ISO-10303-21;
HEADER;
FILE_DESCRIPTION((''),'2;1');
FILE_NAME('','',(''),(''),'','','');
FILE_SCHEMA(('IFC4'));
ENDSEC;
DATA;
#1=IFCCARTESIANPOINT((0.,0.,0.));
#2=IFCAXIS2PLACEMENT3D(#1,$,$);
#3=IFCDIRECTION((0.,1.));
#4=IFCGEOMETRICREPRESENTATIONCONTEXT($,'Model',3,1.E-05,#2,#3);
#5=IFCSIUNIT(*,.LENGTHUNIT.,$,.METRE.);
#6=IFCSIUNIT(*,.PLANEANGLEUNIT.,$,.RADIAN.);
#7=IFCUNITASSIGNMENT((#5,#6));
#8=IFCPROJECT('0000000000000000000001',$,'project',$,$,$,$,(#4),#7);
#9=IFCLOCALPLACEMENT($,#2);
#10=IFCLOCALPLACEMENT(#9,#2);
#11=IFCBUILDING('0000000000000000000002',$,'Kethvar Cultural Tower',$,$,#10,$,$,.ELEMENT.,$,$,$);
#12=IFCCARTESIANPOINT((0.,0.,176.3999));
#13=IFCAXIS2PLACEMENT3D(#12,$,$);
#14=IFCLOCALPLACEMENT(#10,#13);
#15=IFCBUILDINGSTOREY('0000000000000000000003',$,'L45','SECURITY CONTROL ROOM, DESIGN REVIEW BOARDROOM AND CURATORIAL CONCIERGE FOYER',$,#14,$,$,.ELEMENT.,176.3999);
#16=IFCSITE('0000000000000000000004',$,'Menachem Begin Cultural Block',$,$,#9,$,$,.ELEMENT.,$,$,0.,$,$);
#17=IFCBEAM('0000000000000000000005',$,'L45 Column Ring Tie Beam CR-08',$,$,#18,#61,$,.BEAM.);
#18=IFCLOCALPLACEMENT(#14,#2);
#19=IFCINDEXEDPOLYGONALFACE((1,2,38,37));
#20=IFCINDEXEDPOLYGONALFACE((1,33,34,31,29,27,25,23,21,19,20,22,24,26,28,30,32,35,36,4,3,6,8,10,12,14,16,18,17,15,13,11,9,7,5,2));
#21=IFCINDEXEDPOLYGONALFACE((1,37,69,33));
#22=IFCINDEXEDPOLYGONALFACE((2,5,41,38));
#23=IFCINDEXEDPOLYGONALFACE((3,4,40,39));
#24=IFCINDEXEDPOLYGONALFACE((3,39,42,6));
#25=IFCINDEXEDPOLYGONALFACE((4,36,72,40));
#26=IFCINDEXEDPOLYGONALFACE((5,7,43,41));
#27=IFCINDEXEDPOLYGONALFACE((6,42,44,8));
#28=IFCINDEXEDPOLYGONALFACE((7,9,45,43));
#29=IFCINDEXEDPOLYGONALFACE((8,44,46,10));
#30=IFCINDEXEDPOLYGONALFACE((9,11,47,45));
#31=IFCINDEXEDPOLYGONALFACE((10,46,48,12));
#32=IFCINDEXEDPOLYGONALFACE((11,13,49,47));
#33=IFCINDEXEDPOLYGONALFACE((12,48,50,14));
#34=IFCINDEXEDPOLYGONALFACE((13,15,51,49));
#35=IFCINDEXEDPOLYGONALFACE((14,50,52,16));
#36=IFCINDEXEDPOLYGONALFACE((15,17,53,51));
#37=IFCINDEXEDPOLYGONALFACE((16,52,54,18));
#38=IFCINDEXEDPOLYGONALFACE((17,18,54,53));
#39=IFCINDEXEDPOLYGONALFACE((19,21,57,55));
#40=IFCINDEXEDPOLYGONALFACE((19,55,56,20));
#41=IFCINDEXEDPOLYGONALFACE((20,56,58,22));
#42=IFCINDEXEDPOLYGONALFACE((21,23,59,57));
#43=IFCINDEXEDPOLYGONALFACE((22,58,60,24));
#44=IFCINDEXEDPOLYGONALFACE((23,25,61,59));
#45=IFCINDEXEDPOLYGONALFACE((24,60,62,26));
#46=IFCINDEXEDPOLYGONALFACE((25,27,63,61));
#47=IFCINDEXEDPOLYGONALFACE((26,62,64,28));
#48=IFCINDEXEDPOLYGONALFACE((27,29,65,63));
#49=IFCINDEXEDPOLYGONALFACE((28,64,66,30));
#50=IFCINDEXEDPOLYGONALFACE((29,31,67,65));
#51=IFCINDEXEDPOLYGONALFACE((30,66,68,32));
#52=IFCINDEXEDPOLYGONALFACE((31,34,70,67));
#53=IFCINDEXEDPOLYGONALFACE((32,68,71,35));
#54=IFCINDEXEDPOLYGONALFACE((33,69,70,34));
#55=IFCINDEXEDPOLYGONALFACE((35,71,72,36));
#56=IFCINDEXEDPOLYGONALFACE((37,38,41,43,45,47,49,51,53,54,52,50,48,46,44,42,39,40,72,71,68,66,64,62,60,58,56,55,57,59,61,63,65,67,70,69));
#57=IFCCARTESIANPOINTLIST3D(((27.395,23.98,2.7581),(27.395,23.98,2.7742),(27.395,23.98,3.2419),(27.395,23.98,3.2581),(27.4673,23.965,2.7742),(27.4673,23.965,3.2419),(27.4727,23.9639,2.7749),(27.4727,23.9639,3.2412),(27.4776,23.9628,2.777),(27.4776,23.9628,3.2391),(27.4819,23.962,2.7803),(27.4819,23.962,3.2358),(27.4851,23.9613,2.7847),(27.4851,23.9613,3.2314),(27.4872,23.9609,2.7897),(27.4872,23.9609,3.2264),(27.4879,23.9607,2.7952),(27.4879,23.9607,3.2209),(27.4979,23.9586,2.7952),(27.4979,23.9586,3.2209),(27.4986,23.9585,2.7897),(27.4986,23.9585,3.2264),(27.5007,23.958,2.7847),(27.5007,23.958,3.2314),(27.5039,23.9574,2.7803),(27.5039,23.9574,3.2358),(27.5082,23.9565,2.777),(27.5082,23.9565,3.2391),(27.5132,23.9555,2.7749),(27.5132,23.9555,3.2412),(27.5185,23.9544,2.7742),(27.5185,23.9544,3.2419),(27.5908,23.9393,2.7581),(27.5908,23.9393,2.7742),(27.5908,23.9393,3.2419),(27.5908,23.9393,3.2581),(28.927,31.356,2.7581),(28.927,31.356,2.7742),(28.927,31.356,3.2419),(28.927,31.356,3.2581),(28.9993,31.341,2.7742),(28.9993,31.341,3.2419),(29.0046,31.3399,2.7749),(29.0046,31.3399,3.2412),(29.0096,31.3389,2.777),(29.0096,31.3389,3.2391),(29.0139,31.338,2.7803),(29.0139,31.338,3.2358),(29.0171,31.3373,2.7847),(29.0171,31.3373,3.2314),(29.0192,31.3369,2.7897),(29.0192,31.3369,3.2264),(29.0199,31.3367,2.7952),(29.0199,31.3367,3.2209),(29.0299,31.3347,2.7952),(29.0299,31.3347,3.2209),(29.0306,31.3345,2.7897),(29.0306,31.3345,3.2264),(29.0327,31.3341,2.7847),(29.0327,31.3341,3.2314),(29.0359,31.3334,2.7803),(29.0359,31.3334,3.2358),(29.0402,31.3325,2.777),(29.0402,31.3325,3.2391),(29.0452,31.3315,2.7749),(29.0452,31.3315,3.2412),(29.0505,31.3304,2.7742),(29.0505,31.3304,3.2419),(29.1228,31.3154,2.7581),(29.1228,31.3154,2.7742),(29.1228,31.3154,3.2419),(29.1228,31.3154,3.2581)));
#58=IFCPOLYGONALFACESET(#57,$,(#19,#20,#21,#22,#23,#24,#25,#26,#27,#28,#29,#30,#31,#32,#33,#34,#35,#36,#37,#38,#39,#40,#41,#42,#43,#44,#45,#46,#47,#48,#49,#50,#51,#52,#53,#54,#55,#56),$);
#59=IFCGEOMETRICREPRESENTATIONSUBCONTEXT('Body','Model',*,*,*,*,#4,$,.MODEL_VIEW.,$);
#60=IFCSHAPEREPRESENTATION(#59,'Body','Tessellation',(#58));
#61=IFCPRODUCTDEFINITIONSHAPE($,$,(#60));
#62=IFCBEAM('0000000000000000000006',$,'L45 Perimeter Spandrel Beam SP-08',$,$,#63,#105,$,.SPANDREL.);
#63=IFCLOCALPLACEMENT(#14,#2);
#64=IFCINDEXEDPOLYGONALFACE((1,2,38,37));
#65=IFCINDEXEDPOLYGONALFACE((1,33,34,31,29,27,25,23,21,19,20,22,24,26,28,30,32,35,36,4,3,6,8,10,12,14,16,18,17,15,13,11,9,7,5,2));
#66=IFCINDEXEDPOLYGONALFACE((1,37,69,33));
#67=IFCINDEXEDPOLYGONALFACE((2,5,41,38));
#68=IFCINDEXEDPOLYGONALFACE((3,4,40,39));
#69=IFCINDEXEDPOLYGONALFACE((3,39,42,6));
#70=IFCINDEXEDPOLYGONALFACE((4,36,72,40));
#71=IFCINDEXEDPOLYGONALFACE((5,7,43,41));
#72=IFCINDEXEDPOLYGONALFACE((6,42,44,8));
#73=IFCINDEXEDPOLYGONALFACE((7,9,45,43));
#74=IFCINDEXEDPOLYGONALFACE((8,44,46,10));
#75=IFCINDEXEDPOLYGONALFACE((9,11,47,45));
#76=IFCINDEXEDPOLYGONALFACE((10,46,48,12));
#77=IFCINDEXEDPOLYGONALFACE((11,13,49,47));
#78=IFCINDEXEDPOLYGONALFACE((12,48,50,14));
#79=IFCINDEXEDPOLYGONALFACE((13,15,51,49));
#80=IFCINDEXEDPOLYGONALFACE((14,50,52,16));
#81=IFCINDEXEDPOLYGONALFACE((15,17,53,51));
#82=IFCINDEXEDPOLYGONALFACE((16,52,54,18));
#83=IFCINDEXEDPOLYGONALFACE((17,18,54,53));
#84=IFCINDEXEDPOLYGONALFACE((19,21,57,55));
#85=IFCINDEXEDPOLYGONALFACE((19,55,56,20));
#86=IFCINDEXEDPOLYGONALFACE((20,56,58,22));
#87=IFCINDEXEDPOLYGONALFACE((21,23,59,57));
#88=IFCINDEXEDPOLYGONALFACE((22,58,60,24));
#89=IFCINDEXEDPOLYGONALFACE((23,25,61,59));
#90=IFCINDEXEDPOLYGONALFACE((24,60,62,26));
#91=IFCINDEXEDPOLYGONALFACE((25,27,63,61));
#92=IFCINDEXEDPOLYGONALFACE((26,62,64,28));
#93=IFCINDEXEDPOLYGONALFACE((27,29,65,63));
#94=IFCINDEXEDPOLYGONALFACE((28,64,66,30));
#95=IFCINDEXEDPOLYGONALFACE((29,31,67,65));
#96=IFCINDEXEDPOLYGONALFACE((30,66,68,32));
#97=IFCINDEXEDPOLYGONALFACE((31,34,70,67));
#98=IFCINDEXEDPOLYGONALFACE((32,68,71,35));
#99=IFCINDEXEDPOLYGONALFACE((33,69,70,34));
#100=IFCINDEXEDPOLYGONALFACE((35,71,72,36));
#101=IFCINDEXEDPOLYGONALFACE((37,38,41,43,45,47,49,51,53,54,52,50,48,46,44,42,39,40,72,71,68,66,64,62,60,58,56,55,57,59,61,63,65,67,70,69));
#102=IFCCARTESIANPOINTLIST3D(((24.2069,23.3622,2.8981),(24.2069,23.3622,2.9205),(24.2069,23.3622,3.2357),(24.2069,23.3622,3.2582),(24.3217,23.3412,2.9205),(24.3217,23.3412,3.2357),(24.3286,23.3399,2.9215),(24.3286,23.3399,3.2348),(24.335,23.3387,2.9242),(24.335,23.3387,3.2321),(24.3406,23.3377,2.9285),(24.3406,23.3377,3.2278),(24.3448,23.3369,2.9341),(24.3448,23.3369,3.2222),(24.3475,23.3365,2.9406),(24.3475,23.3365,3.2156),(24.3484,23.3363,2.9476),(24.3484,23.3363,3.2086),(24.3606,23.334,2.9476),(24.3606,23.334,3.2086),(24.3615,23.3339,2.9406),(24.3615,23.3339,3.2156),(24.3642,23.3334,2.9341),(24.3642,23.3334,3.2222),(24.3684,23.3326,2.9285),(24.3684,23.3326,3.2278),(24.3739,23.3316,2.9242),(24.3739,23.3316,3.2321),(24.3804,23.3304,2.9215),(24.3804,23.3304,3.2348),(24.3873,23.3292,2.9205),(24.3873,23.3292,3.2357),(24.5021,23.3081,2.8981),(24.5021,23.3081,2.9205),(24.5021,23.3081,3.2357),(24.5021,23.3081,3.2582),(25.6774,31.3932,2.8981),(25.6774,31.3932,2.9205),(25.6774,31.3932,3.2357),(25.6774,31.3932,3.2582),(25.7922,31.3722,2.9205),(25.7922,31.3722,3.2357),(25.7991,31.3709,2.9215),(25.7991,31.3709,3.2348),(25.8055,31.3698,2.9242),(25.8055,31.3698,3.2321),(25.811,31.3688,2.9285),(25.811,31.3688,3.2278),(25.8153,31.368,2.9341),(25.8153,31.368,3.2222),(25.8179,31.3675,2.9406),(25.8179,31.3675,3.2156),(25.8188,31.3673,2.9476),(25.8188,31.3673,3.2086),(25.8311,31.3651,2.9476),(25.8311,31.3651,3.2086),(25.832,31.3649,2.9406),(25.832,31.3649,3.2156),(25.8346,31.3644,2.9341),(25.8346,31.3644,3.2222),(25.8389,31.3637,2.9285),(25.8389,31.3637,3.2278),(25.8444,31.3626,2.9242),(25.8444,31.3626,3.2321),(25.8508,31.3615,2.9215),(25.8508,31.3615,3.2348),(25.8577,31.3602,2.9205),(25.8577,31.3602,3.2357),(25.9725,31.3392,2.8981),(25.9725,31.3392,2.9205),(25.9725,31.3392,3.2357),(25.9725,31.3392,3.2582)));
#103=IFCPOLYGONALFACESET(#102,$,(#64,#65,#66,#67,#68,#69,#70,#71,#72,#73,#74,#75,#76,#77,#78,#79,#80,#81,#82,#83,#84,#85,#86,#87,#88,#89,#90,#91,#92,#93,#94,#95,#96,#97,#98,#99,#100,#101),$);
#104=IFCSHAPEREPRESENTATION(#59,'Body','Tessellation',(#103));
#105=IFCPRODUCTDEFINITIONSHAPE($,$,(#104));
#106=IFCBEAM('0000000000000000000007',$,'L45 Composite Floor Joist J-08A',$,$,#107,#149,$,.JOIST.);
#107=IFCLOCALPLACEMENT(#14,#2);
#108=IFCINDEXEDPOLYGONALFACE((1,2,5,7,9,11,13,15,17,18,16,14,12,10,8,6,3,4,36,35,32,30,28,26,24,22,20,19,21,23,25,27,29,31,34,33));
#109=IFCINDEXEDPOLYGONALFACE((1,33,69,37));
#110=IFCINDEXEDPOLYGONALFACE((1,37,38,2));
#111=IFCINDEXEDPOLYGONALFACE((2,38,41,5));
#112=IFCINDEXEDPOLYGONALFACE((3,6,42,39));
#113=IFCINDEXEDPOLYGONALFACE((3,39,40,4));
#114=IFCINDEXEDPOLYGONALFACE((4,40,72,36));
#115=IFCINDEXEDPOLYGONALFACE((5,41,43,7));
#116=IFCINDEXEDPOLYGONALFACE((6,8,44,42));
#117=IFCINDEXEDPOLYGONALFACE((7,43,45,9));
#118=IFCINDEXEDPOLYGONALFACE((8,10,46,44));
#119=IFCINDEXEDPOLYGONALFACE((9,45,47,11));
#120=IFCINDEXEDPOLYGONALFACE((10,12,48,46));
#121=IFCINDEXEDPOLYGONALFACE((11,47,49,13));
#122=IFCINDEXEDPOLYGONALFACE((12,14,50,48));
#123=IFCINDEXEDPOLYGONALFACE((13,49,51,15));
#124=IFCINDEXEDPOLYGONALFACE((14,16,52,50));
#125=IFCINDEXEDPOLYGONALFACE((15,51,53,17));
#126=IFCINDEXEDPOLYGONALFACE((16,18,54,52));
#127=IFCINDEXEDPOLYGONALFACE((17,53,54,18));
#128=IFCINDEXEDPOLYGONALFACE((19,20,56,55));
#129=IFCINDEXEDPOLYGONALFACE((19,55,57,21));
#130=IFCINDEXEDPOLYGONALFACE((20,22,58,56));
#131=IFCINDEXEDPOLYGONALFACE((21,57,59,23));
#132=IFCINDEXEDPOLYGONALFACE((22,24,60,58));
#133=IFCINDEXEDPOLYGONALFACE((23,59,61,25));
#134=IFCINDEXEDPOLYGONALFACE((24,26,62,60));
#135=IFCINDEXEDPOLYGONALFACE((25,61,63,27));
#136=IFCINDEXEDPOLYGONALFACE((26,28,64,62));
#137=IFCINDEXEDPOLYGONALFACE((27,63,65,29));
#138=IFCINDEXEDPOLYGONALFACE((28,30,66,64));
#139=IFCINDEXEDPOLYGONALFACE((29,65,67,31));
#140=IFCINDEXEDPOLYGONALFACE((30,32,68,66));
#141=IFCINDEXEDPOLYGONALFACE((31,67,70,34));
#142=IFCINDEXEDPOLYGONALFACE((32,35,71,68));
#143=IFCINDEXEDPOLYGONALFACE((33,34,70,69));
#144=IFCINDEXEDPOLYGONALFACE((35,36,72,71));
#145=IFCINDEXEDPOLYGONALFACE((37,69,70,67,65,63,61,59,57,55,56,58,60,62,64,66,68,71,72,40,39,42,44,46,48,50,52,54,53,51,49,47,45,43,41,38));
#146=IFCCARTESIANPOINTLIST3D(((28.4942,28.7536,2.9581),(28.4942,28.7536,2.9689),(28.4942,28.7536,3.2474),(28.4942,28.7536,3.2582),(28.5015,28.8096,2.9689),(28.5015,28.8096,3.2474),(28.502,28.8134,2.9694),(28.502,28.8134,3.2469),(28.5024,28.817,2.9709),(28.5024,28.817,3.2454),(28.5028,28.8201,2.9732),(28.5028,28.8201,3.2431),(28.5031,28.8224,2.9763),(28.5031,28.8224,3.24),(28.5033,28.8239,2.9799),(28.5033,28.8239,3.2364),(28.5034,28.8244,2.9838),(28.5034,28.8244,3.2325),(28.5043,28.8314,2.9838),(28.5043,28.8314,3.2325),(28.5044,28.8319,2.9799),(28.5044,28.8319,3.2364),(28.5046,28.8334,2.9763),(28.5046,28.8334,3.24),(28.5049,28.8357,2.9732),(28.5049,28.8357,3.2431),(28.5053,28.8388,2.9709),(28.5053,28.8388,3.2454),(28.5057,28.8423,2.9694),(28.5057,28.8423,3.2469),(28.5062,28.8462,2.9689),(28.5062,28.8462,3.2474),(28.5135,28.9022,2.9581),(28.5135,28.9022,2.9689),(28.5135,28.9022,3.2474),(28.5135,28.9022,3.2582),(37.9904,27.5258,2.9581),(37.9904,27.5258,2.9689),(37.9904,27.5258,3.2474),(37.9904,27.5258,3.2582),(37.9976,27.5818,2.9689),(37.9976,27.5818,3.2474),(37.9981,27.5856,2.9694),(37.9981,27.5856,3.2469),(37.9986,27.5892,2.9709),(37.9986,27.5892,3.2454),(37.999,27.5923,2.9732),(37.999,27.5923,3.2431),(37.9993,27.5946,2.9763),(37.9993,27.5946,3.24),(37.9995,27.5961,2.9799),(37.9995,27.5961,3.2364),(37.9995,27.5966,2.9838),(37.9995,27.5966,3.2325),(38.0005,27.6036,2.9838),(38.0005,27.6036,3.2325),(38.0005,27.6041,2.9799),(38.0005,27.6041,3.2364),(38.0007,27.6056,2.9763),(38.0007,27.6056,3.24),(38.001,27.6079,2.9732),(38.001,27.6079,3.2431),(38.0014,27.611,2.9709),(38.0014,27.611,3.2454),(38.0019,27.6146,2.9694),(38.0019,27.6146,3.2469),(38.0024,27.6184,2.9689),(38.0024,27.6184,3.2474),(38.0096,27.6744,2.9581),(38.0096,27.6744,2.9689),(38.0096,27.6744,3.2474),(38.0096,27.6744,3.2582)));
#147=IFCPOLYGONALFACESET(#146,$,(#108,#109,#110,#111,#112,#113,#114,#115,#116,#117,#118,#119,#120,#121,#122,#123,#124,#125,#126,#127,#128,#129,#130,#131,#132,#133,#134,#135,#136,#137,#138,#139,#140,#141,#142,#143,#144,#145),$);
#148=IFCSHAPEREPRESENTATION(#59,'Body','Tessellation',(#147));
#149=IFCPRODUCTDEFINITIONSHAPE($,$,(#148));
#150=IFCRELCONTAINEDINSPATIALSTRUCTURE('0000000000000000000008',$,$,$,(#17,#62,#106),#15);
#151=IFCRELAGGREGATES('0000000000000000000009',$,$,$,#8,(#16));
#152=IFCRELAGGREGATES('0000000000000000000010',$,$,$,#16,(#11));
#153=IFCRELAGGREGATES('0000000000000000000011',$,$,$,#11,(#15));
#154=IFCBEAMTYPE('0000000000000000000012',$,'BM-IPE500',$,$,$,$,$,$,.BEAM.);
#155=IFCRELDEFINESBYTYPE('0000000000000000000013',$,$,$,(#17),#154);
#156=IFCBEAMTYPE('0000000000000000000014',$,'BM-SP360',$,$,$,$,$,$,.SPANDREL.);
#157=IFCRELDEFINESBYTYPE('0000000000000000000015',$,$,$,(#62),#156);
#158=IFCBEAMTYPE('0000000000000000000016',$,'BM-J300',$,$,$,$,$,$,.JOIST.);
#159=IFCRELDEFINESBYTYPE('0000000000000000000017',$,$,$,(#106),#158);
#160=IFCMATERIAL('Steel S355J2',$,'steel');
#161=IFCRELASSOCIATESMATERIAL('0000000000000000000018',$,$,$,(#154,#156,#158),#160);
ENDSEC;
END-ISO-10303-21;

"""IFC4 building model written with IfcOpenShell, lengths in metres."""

from ifc_helpers import new_model, si_unit, direction, frame, origin, origin_2d, place, context, subcontext, project, spatial, i_section, extrude, source, transform, mapped, material, material_profile, profile_set, type_object, element, save


model = new_model("IFC4")

# Units and contexts
model_context = context("Model", 3, precision=1e-05, world=origin(), true_north=direction((0.0, 1.0)))
body_context = subcontext(model_context, "Body", "Model", "MODEL_VIEW")
ifc_project = project(units=[si_unit("LENGTHUNIT", "METRE"), si_unit("PLANEANGLEUNIT", "RADIAN")], contexts=[model_context])

# Site, building, storey
site_placement = place(None, origin())
site = spatial("IfcSite", under=ifc_project, at=site_placement, Name="Menachem Begin Cultural Block", CompositionType="ELEMENT", RefElevation=0.0)
building_placement = place(site_placement, origin())
building = spatial("IfcBuilding", under=site, at=building_placement, Name="Kethvar Cultural Tower", CompositionType="ELEMENT")
storey_placement = place(building_placement, frame((0.0, 0.0, 176.3999)))
storey = spatial("IfcBuildingStorey", under=building, at=storey_placement, Name="L45", Description="SECURITY CONTROL ROOM, DESIGN REVIEW BOARDROOM AND CURATORIAL CONCIERGE FOYER", CompositionType="ELEMENT", Elevation=176.3999)

# Beams
ifc_material_1 = material(Name="Steel S355J2", Category="steel")
ifc_material_profile_1 = material_profile(ifc_material_1, i_section(OverallWidth=0.2, OverallDepth=0.5, WebThickness=0.0103, FlangeThickness=0.0161, FilletRadius=0.021, at=origin_2d()), Name="Steel S355J2 — IPE500")
ifc_profile_set_1 = profile_set([ifc_material_profile_1], Name="Steel S355J2 — IPE500")
beam_type_1 = type_object("IfcBeamType", Name="BM-IPE500", PredefinedType="BEAM", material=ifc_profile_set_1)
shared_shape_1 = source(origin(), body_context, "Body", "SweptSolid", [
    extrude(i_section(OverallWidth=0.2, OverallDepth=0.5, WebThickness=0.0103, FlangeThickness=0.0161, FilletRadius=0.021, at=origin_2d()), origin(), (0.0, 0.0, 1.0), 7.5334),
])
beam_1_placement = place(storey_placement, frame((29.0249, 31.3357, 3.0081), z_axis=(-0.203359, -0.979104, 0.0), x_axis=(0.979104, -0.203359, 0.0)))
element("IfcBeam", 1, at=beam_1_placement, inside=storey, type_object=beam_type_1, Name="L45 Column Ring Tie Beam CR-08", PredefinedType="BEAM", context=body_context, shape_type="MappedRepresentation", body=[
    mapped(shared_shape_1, transform((0.0, 0.0, 0.0), scale=1.0)),
])
ifc_material_profile_2 = material_profile(ifc_material_1, i_section(OverallWidth=0.3, OverallDepth=0.3601, WebThickness=0.0125, FlangeThickness=0.0225, FilletRadius=0.0271, at=origin_2d()), Name="Steel S355J2 — HEB360")
ifc_profile_set_2 = profile_set([ifc_material_profile_2], Name="Steel S355J2 — HEB360")
beam_type_2 = type_object("IfcBeamType", Name="BM-SP360", PredefinedType="SPANDREL", material=ifc_profile_set_2)
shared_shape_2 = source(origin(), body_context, "Body", "SweptSolid", [
    extrude(i_section(OverallWidth=0.3, OverallDepth=0.3601, WebThickness=0.0125, FlangeThickness=0.0225, FilletRadius=0.0271, at=origin_2d()), origin(), (0.0, 0.0, 1.0), 8.1646),
])
beam_2_placement = place(storey_placement, frame((25.825, 31.3662, 3.0781), z_axis=(-0.180104, -0.983648, 0.0), x_axis=(0.983648, -0.180104, 0.0)))
element("IfcBeam", 2, at=beam_2_placement, inside=storey, type_object=beam_type_2, Name="L45 Perimeter Spandrel Beam SP-08", PredefinedType="SPANDREL", context=body_context, shape_type="MappedRepresentation", body=[
    mapped(shared_shape_2, transform((0.0, 0.0, 0.0), scale=1.0)),
])
ifc_material_profile_3 = material_profile(ifc_material_1, i_section(OverallWidth=0.1499, OverallDepth=0.3, WebThickness=0.0071, FlangeThickness=0.0107, FilletRadius=0.0149, at=origin_2d()), Name="Steel S355J2 — IPE300")
ifc_profile_set_3 = profile_set([ifc_material_profile_3], Name="Steel S355J2 — IPE300")
beam_type_3 = type_object("IfcBeamType", Name="BM-J300", PredefinedType="JOIST", material=ifc_profile_set_3)
shared_shape_3 = source(origin(), body_context, "Body", "SweptSolid", [
    extrude(i_section(OverallWidth=0.1499, OverallDepth=0.3, WebThickness=0.0071, FlangeThickness=0.0107, FilletRadius=0.0149, at=origin_2d()), origin(), (0.0, 0.0, 1.0), 9.5752),
])
beam_3_placement = place(storey_placement, frame((38.0, 27.6001, 3.1082), z_axis=(-0.991745, 0.128226, 0.0), x_axis=(-0.128226, -0.991745, 0.0)))
element("IfcBeam", 3, at=beam_3_placement, inside=storey, type_object=beam_type_3, Name="L45 Composite Floor Joist J-08A", PredefinedType="JOIST", context=body_context, shape_type="MappedRepresentation", body=[
    mapped(shared_shape_3, transform((0.0, 0.0, 0.0), scale=1.0)),
])

save(model, "model.ifc")
